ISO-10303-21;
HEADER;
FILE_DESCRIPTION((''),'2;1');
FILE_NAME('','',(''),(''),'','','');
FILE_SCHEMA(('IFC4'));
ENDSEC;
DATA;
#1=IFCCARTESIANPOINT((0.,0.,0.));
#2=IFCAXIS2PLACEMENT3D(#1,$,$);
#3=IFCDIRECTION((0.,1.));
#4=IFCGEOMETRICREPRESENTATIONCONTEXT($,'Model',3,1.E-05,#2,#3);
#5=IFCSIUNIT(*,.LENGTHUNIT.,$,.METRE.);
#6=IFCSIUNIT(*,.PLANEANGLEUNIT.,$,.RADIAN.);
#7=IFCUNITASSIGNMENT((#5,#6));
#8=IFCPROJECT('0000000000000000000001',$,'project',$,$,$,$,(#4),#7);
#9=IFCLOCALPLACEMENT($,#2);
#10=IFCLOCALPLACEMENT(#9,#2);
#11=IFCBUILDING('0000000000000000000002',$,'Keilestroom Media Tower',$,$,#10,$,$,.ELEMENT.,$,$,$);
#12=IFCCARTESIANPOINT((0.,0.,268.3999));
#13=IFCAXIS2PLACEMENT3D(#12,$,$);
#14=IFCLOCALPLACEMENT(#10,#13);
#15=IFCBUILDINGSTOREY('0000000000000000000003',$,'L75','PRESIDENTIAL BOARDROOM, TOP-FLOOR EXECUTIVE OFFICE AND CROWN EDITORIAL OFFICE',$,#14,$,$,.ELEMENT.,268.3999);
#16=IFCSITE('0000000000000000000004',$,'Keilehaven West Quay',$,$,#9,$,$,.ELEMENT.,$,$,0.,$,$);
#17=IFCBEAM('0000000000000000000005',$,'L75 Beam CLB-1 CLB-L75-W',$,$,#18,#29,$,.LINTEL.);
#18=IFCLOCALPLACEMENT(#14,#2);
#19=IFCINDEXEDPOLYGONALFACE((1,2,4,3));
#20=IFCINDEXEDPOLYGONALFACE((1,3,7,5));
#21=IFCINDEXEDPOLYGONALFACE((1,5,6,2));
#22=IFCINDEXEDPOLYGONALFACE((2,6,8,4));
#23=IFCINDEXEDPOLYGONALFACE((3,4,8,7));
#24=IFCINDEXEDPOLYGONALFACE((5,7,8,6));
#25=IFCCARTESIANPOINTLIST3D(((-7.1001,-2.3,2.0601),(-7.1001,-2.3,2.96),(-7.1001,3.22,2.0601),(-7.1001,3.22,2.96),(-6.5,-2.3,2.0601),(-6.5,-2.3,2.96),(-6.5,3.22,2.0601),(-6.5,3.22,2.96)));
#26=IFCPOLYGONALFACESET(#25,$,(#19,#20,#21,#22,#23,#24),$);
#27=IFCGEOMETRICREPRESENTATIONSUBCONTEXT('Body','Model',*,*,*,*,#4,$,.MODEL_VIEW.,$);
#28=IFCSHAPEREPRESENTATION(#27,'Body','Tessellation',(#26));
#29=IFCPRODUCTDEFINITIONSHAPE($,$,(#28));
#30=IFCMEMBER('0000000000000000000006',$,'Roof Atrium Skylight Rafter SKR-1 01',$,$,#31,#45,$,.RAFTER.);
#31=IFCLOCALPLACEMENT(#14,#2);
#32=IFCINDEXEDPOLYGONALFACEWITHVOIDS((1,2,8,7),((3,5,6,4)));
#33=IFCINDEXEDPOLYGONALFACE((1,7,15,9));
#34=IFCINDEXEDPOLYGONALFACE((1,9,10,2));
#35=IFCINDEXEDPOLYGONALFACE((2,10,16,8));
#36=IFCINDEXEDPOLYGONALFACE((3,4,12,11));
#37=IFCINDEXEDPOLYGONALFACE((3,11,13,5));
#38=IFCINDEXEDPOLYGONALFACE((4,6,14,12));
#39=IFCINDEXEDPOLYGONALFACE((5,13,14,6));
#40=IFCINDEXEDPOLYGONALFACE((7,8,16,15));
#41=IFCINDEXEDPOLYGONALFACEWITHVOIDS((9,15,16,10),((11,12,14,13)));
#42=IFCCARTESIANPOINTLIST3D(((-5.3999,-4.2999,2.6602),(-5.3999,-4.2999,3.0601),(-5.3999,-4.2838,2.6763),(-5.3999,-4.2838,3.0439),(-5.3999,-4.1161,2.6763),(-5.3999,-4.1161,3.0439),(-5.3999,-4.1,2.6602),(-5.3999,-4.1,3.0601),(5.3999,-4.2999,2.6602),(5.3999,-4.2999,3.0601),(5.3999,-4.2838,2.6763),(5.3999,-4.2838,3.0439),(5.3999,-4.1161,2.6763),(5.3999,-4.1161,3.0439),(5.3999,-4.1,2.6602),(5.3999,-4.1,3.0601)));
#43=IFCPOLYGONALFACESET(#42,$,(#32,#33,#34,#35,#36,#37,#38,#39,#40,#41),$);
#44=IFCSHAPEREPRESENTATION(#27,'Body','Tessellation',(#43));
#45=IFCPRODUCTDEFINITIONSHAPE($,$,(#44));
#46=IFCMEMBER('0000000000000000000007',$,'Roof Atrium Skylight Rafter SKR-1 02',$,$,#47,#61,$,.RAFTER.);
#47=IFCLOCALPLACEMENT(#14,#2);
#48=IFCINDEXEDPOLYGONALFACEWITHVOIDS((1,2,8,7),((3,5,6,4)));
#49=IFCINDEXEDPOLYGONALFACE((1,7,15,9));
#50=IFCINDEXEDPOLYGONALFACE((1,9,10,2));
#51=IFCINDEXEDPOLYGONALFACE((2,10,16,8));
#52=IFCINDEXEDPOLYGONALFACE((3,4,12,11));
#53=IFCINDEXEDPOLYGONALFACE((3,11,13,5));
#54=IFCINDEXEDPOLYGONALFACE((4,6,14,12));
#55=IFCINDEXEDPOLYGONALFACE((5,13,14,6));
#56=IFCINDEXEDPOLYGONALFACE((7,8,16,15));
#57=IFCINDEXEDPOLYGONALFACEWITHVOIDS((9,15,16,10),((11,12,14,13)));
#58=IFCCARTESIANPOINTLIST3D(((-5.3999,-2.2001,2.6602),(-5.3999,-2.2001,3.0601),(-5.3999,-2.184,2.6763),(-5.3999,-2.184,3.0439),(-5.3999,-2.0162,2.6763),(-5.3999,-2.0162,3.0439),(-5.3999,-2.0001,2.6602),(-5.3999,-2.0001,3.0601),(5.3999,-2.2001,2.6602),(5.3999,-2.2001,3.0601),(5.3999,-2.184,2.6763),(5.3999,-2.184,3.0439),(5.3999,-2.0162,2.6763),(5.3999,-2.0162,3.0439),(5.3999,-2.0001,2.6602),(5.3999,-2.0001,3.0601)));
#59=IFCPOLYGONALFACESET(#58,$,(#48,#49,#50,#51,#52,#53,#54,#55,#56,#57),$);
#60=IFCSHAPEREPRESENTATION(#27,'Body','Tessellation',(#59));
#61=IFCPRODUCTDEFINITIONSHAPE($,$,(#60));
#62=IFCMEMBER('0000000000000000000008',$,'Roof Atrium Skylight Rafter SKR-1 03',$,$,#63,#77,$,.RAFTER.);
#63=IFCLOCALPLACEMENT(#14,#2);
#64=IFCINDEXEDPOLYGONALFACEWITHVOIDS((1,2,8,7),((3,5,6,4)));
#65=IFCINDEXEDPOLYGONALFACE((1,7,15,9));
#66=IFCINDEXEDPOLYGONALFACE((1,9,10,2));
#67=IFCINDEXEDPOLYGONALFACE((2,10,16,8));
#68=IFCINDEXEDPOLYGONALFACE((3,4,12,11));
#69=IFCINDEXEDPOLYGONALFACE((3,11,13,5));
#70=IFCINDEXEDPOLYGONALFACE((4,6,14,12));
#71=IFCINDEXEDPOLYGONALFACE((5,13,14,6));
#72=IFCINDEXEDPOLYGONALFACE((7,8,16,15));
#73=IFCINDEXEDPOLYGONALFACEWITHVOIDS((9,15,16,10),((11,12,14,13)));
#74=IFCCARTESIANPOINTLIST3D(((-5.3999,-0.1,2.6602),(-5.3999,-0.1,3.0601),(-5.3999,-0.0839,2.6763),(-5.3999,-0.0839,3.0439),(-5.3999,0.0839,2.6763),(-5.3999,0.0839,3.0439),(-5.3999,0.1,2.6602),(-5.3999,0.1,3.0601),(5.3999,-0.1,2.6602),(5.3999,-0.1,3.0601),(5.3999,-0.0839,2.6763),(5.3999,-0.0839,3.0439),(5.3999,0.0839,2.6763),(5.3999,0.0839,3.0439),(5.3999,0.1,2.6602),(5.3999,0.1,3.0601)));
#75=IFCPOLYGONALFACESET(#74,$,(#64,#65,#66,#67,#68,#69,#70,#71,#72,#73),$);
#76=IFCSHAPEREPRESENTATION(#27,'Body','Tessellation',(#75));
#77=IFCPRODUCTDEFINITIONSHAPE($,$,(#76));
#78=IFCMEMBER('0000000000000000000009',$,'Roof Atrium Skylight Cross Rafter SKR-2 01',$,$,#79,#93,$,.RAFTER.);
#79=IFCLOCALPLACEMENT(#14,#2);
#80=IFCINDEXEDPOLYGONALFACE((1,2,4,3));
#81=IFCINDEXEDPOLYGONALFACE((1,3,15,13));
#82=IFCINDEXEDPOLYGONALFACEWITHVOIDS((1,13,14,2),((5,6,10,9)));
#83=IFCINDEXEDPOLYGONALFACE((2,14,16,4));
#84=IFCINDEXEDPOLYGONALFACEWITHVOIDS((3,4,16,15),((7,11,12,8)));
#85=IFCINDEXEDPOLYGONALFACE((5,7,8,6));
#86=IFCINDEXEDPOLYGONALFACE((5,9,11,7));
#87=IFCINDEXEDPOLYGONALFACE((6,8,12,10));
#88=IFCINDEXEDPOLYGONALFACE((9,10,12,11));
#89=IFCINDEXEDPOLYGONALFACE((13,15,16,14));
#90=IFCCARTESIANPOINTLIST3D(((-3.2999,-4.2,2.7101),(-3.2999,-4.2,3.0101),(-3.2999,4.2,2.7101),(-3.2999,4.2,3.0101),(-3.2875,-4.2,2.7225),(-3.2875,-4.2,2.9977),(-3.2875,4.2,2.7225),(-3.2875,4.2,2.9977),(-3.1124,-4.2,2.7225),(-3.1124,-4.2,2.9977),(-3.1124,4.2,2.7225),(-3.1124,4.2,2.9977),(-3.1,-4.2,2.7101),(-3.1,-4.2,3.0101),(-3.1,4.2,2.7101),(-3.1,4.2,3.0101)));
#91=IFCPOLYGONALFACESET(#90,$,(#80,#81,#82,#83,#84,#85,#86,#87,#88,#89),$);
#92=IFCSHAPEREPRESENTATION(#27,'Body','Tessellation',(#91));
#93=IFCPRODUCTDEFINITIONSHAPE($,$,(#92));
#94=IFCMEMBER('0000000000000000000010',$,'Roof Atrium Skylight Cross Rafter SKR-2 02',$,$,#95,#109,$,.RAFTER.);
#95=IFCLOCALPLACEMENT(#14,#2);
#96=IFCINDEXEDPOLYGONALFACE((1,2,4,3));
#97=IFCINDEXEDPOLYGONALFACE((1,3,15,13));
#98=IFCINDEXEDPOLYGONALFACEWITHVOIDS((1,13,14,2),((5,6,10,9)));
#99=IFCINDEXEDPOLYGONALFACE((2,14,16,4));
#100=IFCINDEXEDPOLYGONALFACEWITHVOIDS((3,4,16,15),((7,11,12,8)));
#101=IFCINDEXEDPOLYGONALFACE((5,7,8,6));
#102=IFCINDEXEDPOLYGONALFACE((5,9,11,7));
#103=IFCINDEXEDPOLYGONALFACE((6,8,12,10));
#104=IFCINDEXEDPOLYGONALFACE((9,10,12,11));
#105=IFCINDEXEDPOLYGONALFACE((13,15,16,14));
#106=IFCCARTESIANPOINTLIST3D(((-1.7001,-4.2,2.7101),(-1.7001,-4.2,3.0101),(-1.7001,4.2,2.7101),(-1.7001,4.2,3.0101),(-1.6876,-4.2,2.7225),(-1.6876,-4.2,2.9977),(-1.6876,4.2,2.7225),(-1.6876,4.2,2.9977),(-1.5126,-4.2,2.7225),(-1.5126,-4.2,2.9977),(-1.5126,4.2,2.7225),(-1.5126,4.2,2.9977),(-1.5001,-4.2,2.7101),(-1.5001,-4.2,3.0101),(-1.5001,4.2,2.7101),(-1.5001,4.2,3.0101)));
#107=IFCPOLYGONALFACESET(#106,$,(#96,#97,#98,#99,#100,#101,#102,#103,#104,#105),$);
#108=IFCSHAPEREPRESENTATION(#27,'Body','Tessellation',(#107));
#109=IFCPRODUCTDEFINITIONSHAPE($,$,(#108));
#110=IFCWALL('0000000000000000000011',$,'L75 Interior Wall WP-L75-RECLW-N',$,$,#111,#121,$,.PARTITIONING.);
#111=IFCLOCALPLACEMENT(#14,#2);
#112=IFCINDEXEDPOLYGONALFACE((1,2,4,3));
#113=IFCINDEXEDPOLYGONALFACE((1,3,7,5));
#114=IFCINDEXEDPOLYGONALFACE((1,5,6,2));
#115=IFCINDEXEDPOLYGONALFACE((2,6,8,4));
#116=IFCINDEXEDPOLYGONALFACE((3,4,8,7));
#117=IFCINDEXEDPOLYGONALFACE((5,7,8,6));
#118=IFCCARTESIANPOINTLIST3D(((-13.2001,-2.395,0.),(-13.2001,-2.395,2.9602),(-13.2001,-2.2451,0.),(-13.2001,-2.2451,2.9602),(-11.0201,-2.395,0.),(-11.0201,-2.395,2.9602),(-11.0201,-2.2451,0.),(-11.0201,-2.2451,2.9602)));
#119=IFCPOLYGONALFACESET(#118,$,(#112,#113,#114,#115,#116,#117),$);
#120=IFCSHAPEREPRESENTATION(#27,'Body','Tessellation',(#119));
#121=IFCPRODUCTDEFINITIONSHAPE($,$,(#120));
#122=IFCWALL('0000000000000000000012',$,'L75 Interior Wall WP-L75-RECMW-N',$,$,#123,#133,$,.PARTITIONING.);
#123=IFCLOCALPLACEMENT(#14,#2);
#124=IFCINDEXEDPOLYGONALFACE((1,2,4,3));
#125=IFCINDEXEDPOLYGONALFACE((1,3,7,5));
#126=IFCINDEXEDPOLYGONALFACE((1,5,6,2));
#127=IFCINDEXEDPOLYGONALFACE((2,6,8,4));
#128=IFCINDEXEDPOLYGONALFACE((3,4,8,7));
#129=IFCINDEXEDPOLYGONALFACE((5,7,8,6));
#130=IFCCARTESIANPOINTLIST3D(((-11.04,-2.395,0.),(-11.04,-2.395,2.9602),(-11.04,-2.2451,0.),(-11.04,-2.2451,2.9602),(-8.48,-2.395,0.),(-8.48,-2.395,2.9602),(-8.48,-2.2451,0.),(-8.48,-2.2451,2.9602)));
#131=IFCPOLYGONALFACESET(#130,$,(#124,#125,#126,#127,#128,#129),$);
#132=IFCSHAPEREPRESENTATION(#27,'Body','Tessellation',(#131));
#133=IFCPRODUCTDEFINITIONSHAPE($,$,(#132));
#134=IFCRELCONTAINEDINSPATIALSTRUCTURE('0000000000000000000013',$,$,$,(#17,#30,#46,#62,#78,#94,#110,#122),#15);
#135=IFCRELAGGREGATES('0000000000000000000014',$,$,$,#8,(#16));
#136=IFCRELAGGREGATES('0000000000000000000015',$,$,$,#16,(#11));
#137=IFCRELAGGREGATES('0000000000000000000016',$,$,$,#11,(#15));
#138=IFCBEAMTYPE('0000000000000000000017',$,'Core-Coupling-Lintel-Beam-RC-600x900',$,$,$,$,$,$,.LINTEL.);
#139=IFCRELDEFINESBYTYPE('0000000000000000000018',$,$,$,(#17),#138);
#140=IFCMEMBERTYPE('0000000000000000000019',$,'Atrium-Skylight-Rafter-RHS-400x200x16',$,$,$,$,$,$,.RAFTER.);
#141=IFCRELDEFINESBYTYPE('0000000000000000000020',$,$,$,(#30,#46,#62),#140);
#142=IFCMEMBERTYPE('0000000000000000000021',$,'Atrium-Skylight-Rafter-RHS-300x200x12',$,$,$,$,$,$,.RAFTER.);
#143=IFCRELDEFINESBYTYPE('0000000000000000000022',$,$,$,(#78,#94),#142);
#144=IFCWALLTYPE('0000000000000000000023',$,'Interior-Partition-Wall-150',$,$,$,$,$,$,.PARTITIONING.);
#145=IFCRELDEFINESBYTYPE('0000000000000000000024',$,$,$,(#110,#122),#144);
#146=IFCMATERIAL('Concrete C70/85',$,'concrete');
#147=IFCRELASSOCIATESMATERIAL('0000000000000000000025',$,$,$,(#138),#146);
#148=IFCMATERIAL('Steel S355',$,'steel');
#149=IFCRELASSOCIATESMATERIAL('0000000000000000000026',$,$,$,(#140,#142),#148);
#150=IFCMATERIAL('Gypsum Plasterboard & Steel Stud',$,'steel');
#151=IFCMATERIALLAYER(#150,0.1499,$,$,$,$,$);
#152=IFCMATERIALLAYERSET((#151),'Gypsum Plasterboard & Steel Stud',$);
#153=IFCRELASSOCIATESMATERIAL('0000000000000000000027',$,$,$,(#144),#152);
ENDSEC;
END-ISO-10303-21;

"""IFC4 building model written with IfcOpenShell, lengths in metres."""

from ifc_helpers import new_model, si_unit, direction, frame, frame_2d, origin, origin_2d, place, context, subcontext, project, spatial, rectangle, hollow_rectangle, extrude, source, transform, mapped, material, layer, layer_set, material_profile, profile_set, type_object, element, save


model = new_model("IFC4")

# Units and contexts
model_context = context("Model", 3, precision=1e-05, world=origin(), true_north=direction((0.0, 1.0)))
body_context = subcontext(model_context, "Body", "Model", "MODEL_VIEW")
ifc_project = project(units=[si_unit("LENGTHUNIT", "METRE"), si_unit("PLANEANGLEUNIT", "RADIAN")], contexts=[model_context])

# Site, building, storey
site_placement = place(None, origin())
site = spatial("IfcSite", under=ifc_project, at=site_placement, Name="Keilehaven West Quay", CompositionType="ELEMENT", RefElevation=0.0)
building_placement = place(site_placement, origin())
building = spatial("IfcBuilding", under=site, at=building_placement, Name="Keilestroom Media Tower", CompositionType="ELEMENT")
storey_placement = place(building_placement, frame((0.0, 0.0, 268.3999)))
storey = spatial("IfcBuildingStorey", under=building, at=storey_placement, Name="L75", Description="PRESIDENTIAL BOARDROOM, TOP-FLOOR EXECUTIVE OFFICE AND CROWN EDITORIAL OFFICE", CompositionType="ELEMENT", Elevation=268.3999)

# Beam
ifc_material_1 = material(Name="Concrete C70/85", Category="concrete")
ifc_material_profile_1 = material_profile(ifc_material_1, rectangle(XDim=0.6001, YDim=0.8999, at=origin_2d()), Name="RC 600x900")
ifc_profile_set_1 = profile_set([ifc_material_profile_1], Name="Concrete C70/85")
beam_type = type_object("IfcBeamType", Name="Core-Coupling-Lintel-Beam-RC-600x900", PredefinedType="LINTEL", material=ifc_profile_set_1)
shared_shape_1 = source(origin(), body_context, "Body", "SweptSolid", [
    extrude(rectangle(XDim=0.6001, YDim=0.8999, at=origin_2d()), origin(), (0.0, 0.0, 1.0), 5.52),
])
beam_placement = place(storey_placement, frame((-6.8, -2.3, 2.51), z_axis=(0.0, 1.0, 0.0), x_axis=(-1.0, 0.0, 0.0)))
element("IfcBeam", 1, at=beam_placement, inside=storey, type_object=beam_type, Name="L75 Beam CLB-1 CLB-L75-W", PredefinedType="LINTEL", context=body_context, shape_type="MappedRepresentation", body=[
    mapped(shared_shape_1, transform((0.0, 0.0, 0.0), x_axis=(1.0, 0.0, 0.0), y_axis=(0.0, 1.0, 0.0), z_axis=(0.0, 0.0, 1.0), scale=1.0)),
])

# Members
ifc_material_2 = material(Name="Steel S355", Category="steel")
ifc_material_profile_2 = material_profile(ifc_material_2, hollow_rectangle(XDim=0.2, YDim=0.3999, WallThickness=0.0161, at=origin_2d()), Name="RHS 400x200x16")
ifc_profile_set_2 = profile_set([ifc_material_profile_2], Name="Steel S355")
member_type_1 = type_object("IfcMemberType", Name="Atrium-Skylight-Rafter-RHS-400x200x16", PredefinedType="RAFTER", material=ifc_profile_set_2)
shared_shape_2 = source(origin(), body_context, "Body", "SweptSolid", [
    extrude(hollow_rectangle(XDim=0.2, YDim=0.3999, WallThickness=0.0161, at=origin_2d()), origin(), (0.0, 0.0, 1.0), 10.7998),
])
for number, where, z_axis, x_axis, name in (
    (2, (-5.3999, -4.2, 2.8601), (1.0, 0.0, 0.0), (0.0, 1.0, 0.0), "Roof Atrium Skylight Rafter SKR-1 01"),
    (3, (-5.3999, -2.1001, 2.8601), (1.0, 0.0, 0.0), (0.0, 1.0, 0.0), "Roof Atrium Skylight Rafter SKR-1 02"),
    (4, (-5.3999, 0.0, 2.8601), (1.0, 0.0, 0.0), (0.0, 1.0, 0.0), "Roof Atrium Skylight Rafter SKR-1 03"),
):
    element("IfcMember", number, at=place(storey_placement, frame(where, z_axis=z_axis, x_axis=x_axis)), inside=storey, type_object=member_type_1, Name=name, PredefinedType="RAFTER", context=body_context, shape_type="MappedRepresentation", body=[
        mapped(shared_shape_2, transform((0.0, 0.0, 0.0), x_axis=(1.0, 0.0, 0.0), y_axis=(0.0, 1.0, 0.0), z_axis=(0.0, 0.0, 1.0), scale=1.0)),
    ])
ifc_material_profile_3 = material_profile(ifc_material_2, hollow_rectangle(XDim=0.2, YDim=0.3, WallThickness=0.0125, at=origin_2d()), Name="RHS 300x200x12.5")
ifc_profile_set_3 = profile_set([ifc_material_profile_3], Name="Steel S355")
member_type_2 = type_object("IfcMemberType", Name="Atrium-Skylight-Rafter-RHS-300x200x12", PredefinedType="RAFTER", material=ifc_profile_set_3)
shared_shape_3 = source(origin(), body_context, "Body", "SweptSolid", [
    extrude(hollow_rectangle(XDim=0.2, YDim=0.3, WallThickness=0.0125, at=origin_2d()), origin(), (0.0, 0.0, 1.0), 8.3999),
])
for number, where, z_axis, x_axis, name in (
    (5, (-3.2, -4.2, 2.8601), (0.0, 1.0, 0.0), (-1.0, 0.0, 0.0), "Roof Atrium Skylight Cross Rafter SKR-2 01"),
    (6, (-1.6001, -4.2, 2.8601), (0.0, 1.0, 0.0), (-1.0, 0.0, 0.0), "Roof Atrium Skylight Cross Rafter SKR-2 02"),
):
    element("IfcMember", number, at=place(storey_placement, frame(where, z_axis=z_axis, x_axis=x_axis)), inside=storey, type_object=member_type_2, Name=name, PredefinedType="RAFTER", context=body_context, shape_type="MappedRepresentation", body=[
        mapped(shared_shape_3, transform((0.0, 0.0, 0.0), x_axis=(1.0, 0.0, 0.0), y_axis=(0.0, 1.0, 0.0), z_axis=(0.0, 0.0, 1.0), scale=1.0)),
    ])

# Walls
ifc_material_3 = material(Name="Gypsum Plasterboard & Steel Stud", Category="steel")
ifc_layer_1 = layer(ifc_material_3, 0.1499)
ifc_layer_set_1 = layer_set([ifc_layer_1], Name="Gypsum Plasterboard & Steel Stud")
wall_type_1 = type_object("IfcWallType", Name="Interior-Partition-Wall-150", PredefinedType="PARTITIONING", material=ifc_layer_set_1)
wall_1_placement = place(storey_placement, frame((-13.2, -2.3201, 0.0), z_axis=(0.0, 0.0, 1.0), x_axis=(1.0, 0.0, 0.0)))
element("IfcWall", 7, at=wall_1_placement, inside=storey, type_object=wall_type_1, Name="L75 Interior Wall WP-L75-RECLW-N", PredefinedType="PARTITIONING", context=body_context, shape_type="SweptSolid", body=[
    extrude(rectangle(XDim=2.1799, YDim=0.1499, at=frame_2d((1.0898, 0.0))), origin(), (0.0, 0.0, 1.0), 2.9602),
])
wall_2_placement = place(storey_placement, frame((-11.04, -2.3201, 0.0), z_axis=(0.0, 0.0, 1.0), x_axis=(1.0, 0.0, 0.0)))
element("IfcWall", 8, at=wall_2_placement, inside=storey, type_object=wall_type_1, Name="L75 Interior Wall WP-L75-RECMW-N", PredefinedType="PARTITIONING", context=body_context, shape_type="SweptSolid", body=[
    extrude(rectangle(XDim=2.5601, YDim=0.1499, at=frame_2d((1.28, 0.0))), origin(), (0.0, 0.0, 1.0), 2.9602),
])

save(model, "model.ifc")
